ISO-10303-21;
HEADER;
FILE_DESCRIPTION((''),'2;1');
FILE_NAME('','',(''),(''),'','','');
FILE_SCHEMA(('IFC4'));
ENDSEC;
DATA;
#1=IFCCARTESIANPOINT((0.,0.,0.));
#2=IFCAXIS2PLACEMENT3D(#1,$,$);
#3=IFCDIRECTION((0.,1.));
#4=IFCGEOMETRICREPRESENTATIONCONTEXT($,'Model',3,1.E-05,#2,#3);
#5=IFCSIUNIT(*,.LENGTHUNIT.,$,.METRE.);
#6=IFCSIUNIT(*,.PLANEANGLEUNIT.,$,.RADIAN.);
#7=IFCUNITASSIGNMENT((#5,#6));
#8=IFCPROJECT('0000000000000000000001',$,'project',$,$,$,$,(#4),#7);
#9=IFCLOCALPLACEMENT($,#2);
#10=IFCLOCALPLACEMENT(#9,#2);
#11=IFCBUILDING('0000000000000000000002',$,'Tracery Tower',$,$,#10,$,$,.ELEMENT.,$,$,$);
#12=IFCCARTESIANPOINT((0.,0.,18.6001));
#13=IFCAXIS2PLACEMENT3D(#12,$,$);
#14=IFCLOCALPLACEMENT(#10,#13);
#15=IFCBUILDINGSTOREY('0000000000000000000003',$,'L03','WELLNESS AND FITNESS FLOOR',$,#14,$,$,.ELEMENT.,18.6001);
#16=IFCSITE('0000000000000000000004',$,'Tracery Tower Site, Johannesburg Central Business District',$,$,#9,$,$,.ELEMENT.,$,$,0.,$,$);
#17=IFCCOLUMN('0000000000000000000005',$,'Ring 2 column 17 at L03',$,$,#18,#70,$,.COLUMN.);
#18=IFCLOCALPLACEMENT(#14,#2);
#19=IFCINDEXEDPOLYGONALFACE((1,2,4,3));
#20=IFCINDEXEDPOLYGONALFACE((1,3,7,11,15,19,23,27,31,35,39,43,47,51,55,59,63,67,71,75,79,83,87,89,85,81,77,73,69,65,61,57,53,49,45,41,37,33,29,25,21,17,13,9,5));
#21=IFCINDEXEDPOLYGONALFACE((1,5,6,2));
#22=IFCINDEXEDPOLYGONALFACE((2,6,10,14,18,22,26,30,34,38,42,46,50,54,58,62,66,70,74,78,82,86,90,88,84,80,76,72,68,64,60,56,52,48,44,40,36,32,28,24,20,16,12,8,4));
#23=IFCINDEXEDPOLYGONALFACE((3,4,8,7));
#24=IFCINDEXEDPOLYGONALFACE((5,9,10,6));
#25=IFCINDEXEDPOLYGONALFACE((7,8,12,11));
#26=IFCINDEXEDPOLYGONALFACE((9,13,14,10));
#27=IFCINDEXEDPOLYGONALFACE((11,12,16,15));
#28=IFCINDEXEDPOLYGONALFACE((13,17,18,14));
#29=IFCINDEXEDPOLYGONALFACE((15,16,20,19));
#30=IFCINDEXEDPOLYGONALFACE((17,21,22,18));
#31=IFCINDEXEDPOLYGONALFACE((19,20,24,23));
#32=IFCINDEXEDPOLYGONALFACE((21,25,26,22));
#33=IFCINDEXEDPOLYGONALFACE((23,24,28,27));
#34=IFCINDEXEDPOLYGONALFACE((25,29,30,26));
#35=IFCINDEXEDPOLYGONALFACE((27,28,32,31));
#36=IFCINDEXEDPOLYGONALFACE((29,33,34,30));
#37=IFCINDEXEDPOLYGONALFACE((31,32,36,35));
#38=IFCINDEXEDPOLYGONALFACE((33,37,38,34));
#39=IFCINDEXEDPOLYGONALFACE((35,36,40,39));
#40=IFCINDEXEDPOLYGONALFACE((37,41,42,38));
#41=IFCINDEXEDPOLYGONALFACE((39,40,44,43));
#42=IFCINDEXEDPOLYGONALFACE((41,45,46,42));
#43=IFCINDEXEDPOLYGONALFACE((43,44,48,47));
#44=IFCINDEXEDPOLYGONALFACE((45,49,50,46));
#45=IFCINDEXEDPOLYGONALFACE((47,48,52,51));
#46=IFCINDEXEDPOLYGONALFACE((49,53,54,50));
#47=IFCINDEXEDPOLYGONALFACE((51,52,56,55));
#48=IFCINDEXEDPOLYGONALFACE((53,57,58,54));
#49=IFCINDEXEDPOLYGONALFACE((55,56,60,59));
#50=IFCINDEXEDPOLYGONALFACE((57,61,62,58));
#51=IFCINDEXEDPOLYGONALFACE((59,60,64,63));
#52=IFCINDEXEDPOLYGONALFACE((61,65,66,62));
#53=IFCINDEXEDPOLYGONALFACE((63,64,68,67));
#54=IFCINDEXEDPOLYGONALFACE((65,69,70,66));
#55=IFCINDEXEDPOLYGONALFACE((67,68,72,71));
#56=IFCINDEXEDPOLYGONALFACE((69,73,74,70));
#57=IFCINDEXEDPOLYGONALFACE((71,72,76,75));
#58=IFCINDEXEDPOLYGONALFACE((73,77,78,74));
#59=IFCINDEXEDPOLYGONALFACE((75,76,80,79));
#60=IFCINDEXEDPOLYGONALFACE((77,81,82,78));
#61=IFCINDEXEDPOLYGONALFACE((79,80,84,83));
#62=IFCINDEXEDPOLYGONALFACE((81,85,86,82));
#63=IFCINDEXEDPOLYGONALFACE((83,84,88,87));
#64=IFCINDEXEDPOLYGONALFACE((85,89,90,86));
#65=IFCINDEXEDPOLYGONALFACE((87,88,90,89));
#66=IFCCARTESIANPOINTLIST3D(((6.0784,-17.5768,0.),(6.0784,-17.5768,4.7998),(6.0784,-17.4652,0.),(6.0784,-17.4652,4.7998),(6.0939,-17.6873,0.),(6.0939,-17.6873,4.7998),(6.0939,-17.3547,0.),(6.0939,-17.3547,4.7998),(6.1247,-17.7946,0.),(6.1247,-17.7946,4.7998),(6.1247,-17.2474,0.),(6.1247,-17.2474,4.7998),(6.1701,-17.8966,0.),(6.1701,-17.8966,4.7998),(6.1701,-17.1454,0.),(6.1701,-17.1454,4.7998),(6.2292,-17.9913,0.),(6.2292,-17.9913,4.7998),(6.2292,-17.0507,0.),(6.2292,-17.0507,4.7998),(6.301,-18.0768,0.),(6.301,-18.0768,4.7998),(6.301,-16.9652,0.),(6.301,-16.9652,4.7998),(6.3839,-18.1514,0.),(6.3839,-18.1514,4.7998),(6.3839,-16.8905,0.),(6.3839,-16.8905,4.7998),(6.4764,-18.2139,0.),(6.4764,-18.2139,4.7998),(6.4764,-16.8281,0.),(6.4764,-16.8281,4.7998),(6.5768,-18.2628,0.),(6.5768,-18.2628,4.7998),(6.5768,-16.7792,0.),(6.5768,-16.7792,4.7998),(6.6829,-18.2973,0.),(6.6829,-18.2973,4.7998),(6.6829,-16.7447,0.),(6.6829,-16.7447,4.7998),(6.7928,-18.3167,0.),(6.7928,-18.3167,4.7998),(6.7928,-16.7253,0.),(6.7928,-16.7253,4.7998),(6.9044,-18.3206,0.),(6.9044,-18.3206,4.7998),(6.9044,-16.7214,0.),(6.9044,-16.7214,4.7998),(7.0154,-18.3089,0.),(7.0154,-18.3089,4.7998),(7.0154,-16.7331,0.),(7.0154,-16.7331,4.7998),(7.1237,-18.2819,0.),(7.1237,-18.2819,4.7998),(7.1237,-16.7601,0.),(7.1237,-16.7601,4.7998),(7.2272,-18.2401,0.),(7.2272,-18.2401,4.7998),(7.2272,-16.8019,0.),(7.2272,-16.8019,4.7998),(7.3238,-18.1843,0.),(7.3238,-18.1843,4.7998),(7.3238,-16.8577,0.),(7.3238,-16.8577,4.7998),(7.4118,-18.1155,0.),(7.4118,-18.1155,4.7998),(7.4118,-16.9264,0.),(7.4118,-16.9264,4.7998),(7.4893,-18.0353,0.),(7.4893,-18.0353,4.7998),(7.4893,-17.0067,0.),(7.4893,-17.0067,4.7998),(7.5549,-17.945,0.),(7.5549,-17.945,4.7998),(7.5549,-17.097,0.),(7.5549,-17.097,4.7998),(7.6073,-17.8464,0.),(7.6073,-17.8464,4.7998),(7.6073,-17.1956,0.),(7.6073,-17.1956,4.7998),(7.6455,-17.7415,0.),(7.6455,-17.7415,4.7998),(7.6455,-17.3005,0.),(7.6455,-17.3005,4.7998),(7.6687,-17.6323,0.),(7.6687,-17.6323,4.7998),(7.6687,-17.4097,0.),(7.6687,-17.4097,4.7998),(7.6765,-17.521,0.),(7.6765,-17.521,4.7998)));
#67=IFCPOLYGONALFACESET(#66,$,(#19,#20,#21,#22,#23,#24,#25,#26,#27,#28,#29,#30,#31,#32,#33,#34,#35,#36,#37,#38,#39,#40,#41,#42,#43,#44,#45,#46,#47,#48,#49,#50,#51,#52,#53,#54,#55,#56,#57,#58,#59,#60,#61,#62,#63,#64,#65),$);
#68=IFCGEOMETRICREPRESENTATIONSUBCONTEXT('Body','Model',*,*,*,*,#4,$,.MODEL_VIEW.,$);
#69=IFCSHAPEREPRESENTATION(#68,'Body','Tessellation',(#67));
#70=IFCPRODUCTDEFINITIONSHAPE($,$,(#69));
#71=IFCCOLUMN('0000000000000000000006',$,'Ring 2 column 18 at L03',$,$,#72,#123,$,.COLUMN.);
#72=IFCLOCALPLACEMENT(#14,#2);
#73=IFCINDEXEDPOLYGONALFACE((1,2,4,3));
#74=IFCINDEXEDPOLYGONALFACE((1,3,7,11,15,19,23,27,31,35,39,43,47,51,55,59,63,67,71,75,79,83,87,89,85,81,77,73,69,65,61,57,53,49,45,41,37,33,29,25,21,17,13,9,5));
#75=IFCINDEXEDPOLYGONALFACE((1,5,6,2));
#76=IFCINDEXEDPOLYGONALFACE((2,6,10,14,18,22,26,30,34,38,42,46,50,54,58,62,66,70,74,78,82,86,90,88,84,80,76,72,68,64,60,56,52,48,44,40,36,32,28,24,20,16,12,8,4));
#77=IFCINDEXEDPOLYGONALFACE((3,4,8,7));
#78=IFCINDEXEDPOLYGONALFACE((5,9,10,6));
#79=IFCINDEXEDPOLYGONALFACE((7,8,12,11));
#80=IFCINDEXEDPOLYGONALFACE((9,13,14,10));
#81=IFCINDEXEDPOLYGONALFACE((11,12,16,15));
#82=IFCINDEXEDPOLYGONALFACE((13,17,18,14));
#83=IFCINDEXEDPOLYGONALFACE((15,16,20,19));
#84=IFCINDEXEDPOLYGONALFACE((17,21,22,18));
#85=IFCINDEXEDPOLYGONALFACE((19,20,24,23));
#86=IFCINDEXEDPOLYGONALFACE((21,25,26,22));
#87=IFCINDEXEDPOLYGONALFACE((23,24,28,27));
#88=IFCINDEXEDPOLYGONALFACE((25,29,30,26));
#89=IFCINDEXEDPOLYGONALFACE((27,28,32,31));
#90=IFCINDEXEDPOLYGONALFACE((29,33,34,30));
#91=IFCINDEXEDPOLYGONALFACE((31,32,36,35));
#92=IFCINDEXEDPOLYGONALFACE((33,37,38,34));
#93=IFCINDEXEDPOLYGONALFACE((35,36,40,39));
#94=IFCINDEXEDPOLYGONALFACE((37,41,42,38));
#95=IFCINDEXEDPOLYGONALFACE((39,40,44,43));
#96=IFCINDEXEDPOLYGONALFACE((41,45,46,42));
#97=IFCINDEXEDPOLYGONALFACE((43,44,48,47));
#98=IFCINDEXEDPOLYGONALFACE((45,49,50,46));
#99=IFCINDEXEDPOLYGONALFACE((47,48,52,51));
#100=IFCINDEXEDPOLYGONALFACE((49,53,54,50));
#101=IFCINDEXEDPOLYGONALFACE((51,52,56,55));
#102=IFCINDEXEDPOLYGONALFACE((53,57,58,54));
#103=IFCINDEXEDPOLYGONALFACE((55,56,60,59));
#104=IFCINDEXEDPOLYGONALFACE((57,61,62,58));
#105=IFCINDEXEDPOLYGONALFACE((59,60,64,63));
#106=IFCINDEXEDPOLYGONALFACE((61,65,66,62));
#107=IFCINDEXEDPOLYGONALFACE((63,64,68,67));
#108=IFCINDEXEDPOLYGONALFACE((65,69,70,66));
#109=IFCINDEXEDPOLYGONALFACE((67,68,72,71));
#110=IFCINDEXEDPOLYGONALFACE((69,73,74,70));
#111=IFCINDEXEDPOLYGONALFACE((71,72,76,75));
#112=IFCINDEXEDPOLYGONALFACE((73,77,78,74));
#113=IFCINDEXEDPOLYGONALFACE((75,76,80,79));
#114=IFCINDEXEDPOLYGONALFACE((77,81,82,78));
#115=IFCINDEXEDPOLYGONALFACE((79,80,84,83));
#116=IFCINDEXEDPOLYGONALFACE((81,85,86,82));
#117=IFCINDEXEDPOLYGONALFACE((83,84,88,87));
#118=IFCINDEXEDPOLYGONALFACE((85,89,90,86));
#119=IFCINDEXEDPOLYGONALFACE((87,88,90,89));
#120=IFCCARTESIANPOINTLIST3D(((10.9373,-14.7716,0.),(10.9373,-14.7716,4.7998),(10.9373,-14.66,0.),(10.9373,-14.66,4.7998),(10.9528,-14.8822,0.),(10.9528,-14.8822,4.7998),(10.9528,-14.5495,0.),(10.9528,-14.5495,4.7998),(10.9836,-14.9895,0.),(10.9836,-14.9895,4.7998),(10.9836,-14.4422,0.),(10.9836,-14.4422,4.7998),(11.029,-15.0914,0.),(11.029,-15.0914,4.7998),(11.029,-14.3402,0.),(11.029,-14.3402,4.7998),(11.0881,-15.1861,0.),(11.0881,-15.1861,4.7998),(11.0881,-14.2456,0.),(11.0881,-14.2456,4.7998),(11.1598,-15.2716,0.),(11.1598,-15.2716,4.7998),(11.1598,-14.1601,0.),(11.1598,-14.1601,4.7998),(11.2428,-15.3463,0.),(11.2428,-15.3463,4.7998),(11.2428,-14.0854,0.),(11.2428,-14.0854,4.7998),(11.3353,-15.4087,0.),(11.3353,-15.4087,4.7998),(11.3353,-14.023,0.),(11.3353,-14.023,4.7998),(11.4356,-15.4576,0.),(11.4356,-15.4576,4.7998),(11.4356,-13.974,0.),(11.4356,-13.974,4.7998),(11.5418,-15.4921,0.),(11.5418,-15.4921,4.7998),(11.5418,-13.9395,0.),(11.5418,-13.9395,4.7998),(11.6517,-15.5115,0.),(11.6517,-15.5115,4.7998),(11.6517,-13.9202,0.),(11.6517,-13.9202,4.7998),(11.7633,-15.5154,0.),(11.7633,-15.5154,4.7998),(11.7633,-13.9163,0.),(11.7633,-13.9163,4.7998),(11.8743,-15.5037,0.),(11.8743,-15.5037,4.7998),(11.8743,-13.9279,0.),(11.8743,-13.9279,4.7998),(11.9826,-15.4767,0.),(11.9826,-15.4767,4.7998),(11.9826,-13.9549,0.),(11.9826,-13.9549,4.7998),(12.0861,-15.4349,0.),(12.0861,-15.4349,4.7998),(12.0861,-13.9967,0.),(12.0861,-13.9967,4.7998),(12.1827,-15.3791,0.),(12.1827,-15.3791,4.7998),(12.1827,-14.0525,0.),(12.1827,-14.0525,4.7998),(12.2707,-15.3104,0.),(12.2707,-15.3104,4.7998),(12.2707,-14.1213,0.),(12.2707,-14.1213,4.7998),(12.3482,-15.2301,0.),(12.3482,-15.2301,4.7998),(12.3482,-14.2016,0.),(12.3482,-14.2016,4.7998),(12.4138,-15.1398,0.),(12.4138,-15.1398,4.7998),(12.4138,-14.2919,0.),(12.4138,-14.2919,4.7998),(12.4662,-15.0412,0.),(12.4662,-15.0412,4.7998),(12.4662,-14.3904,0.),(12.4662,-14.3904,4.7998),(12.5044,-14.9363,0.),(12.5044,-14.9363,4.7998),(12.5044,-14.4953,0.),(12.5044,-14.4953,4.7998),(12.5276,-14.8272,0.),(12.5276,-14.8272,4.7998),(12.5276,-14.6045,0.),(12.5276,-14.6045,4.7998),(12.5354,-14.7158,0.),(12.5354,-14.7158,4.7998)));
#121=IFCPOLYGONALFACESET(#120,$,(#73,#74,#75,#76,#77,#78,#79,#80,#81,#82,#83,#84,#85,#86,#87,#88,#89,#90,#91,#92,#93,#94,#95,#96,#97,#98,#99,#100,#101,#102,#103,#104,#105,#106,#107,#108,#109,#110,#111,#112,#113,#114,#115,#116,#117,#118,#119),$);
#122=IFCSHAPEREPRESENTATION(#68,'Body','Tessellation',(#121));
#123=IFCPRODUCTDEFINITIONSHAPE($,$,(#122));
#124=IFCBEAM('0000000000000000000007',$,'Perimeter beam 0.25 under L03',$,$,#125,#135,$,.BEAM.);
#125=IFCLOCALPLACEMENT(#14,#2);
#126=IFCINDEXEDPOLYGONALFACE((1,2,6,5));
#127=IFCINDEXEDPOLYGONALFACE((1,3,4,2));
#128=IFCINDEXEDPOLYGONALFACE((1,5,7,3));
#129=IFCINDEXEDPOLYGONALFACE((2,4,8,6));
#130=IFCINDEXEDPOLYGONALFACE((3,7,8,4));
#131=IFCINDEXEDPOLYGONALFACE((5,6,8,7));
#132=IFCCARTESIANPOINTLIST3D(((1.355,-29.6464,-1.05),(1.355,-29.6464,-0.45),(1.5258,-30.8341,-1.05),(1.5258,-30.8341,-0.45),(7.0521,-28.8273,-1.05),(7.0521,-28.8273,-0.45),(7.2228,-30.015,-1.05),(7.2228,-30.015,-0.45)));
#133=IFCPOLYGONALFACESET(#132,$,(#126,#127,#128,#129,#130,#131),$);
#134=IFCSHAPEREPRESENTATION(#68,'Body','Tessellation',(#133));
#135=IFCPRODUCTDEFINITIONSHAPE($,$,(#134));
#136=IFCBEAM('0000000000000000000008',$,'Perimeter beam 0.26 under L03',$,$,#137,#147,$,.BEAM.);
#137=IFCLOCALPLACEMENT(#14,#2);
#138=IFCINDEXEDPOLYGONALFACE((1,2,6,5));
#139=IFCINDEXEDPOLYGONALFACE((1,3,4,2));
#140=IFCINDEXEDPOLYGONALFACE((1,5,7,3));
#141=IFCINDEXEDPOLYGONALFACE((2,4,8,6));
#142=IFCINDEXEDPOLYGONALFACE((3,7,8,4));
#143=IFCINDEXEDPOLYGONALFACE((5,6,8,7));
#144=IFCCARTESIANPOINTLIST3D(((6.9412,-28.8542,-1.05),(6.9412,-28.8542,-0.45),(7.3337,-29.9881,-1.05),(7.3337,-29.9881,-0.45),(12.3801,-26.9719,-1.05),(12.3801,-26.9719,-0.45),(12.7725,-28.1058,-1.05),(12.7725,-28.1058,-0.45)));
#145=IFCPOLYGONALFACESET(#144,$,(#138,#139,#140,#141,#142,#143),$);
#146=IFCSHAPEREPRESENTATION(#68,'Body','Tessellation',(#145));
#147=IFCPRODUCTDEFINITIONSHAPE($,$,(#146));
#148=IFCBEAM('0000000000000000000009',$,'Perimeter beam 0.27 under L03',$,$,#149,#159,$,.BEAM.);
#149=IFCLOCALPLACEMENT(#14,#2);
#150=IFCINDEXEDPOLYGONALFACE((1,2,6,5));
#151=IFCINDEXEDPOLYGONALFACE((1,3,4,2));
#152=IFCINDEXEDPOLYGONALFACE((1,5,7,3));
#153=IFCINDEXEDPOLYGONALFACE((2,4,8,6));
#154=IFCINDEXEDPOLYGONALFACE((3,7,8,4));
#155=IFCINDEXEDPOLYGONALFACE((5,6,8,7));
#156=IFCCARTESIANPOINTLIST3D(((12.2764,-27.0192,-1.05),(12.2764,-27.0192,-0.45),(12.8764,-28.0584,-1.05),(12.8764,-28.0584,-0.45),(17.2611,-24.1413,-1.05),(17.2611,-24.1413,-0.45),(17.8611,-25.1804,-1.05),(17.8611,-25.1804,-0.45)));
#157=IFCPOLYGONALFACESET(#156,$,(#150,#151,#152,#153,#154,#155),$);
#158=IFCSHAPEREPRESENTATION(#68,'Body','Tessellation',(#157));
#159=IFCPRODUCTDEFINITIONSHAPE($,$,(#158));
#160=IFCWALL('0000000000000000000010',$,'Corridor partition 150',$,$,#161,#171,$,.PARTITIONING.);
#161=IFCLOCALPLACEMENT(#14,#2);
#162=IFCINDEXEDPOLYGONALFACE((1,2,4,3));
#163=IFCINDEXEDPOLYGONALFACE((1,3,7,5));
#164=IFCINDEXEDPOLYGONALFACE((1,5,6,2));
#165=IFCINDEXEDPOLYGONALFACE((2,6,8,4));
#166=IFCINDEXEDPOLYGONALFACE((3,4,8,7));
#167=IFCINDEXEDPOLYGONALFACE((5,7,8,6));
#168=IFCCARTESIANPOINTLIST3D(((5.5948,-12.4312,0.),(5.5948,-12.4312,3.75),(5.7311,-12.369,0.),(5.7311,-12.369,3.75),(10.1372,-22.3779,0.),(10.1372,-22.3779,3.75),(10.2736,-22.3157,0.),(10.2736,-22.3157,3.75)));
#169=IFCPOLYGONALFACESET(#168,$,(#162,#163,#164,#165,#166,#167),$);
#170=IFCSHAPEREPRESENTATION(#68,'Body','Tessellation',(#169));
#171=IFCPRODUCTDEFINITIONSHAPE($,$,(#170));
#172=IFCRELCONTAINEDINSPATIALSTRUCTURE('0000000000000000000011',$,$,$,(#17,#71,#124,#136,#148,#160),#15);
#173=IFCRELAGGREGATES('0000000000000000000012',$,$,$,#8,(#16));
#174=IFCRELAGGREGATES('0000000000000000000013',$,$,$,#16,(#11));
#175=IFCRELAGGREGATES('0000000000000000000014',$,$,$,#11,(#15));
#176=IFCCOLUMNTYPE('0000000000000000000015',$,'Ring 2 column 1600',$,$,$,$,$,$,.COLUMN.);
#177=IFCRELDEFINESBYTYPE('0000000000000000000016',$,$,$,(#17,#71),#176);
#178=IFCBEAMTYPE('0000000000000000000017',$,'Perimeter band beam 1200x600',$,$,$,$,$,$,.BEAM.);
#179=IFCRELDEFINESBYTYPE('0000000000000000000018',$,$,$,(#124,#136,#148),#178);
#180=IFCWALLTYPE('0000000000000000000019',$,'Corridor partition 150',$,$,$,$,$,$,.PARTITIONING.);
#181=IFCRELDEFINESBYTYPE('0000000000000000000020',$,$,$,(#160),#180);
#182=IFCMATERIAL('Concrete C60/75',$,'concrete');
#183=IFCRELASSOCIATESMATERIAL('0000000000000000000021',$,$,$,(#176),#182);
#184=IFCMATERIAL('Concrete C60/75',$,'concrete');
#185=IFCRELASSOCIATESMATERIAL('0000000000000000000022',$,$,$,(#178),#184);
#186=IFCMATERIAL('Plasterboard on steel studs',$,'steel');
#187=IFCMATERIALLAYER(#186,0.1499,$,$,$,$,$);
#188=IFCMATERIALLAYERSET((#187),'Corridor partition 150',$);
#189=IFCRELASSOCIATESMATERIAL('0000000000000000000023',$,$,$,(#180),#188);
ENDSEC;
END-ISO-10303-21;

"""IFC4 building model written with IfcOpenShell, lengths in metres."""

from ifc_helpers import new_model, si_unit, direction, frame, frame_2d, origin, origin_2d, place, context, subcontext, project, spatial, rectangle, circle, extrude, material, layer, layer_set, material_profile, profile_set, type_object, element, save


model = new_model("IFC4")

# Units and contexts
model_context = context("Model", 3, precision=1e-05, world=origin(), true_north=direction((0.0, 1.0)))
body_context = subcontext(model_context, "Body", "Model", "MODEL_VIEW")
ifc_project = project(units=[si_unit("LENGTHUNIT", "METRE"), si_unit("PLANEANGLEUNIT", "RADIAN")], contexts=[model_context])

# Site, building, storey
site_placement = place(None, origin())
site = spatial("IfcSite", under=ifc_project, at=site_placement, Name="Tracery Tower Site, Johannesburg Central Business District", CompositionType="ELEMENT", RefElevation=0.0)
building_placement = place(site_placement, origin())
building = spatial("IfcBuilding", under=site, at=building_placement, Name="Tracery Tower", CompositionType="ELEMENT")
storey_placement = place(building_placement, frame((0.0, 0.0, 18.6001)))
storey = spatial("IfcBuildingStorey", under=building, at=storey_placement, Name="L03", Description="WELLNESS AND FITNESS FLOOR", CompositionType="ELEMENT", Elevation=18.6001)

# Columns
ifc_material_1 = material(Name="Concrete C60/75", Category="concrete")
ifc_material_profile_1 = material_profile(ifc_material_1, circle(Radius=0.8, at=origin_2d()), Name="RC D1600")
ifc_profile_set_1 = profile_set([ifc_material_profile_1], Name="Concrete C60/75")
column_type_1 = type_object("IfcColumnType", Name="Ring 2 column 1600", PredefinedType="COLUMN", material=ifc_profile_set_1)
for number, where, z_axis, x_axis, name in (
    (1, (6.8765, -17.521, 0.0), (0.0, 0.0, 1.0), (1.0, 0.0, 0.0), "Ring 2 column 17 at L03"),
    (2, (11.7354, -14.7158, 0.0), (0.0, 0.0, 1.0), (1.0, 0.0, 0.0), "Ring 2 column 18 at L03"),
):
    element("IfcColumn", number, at=place(storey_placement, frame(where, z_axis=z_axis, x_axis=x_axis)), inside=storey, type_object=column_type_1, Name=name, PredefinedType="COLUMN", context=body_context, shape_type="SweptSolid", body=[
        extrude(circle(Radius=0.8, at=origin_2d()), origin(), (0.0, 0.0, 1.0), 4.7998),
    ])

# Beams
ifc_material_2 = material(Name="Concrete C60/75", Category="concrete")
ifc_material_profile_2 = material_profile(ifc_material_2, rectangle(XDim=1.2, YDim=0.6001, at=origin_2d()), Name="RC 1200x600")
ifc_profile_set_2 = profile_set([ifc_material_profile_2], Name="Concrete C60/75")
beam_type = type_object("IfcBeamType", Name="Perimeter band beam 1200x600", PredefinedType="BEAM", material=ifc_profile_set_2)
beam_1_placement = place(storey_placement, frame((1.4404, -30.2402, -0.75), z_axis=(0.989822, 0.142312, 0.0), x_axis=(-0.142312, 0.989822, 0.0)))
element("IfcBeam", 3, at=beam_1_placement, inside=storey, type_object=beam_type, Name="Perimeter beam 0.25 under L03", PredefinedType="BEAM", context=body_context, shape_type="SweptSolid", body=[
    extrude(rectangle(XDim=1.2, YDim=0.6001, at=origin_2d()), origin(), (0.0, 0.0, 1.0), 5.7556),
])
beam_2_placement = place(storey_placement, frame((7.1375, -29.4211, -0.75), z_axis=(0.945007, 0.327049, 0.0), x_axis=(-0.327049, 0.945007, 0.0)))
element("IfcBeam", 4, at=beam_2_placement, inside=storey, type_object=beam_type, Name="Perimeter beam 0.26 under L03", PredefinedType="BEAM", context=body_context, shape_type="SweptSolid", body=[
    extrude(rectangle(XDim=1.2, YDim=0.6001, at=origin_2d()), origin(), (0.0, 0.0, 1.0), 5.7554),
])
beam_3_placement = place(storey_placement, frame((12.5764, -27.5388, -0.75), z_axis=(0.866021, 0.500008, 0.0), x_axis=(-0.500008, 0.866021, 0.0)))
element("IfcBeam", 5, at=beam_3_placement, inside=storey, type_object=beam_type, Name="Perimeter beam 0.27 under L03", PredefinedType="BEAM", context=body_context, shape_type="SweptSolid", body=[
    extrude(rectangle(XDim=1.2, YDim=0.6001, at=origin_2d()), origin(), (0.0, 0.0, 1.0), 5.7559),
])

# Shared definitions
ifc_material_3 = material(Name="Plasterboard on steel studs", Category="steel")
ifc_layer_1 = layer(ifc_material_3, 0.1499)
ifc_layer_set_1 = layer_set([ifc_layer_1], Name="Corridor partition 150")
wall_type_1 = type_object("IfcWallType", Name="Corridor partition 150", PredefinedType="PARTITIONING", material=ifc_layer_set_1)

# Wall
wall_1_placement = place(storey_placement, frame((10.2053, -22.3467, 0.0), z_axis=(0.0, 0.0, 1.0), x_axis=(-0.41541, 0.909634, 0.0)))
element("IfcWall", 6, at=wall_1_placement, inside=storey, type_object=wall_type_1, Name="Corridor partition 150", PredefinedType="PARTITIONING", context=body_context, shape_type="SweptSolid", body=[
    extrude(rectangle(XDim=10.9348, YDim=0.1499, at=frame_2d((5.4673, 0.0))), origin(), (0.0, 0.0, 1.0), 3.75),
])

save(model, "model.ifc")
